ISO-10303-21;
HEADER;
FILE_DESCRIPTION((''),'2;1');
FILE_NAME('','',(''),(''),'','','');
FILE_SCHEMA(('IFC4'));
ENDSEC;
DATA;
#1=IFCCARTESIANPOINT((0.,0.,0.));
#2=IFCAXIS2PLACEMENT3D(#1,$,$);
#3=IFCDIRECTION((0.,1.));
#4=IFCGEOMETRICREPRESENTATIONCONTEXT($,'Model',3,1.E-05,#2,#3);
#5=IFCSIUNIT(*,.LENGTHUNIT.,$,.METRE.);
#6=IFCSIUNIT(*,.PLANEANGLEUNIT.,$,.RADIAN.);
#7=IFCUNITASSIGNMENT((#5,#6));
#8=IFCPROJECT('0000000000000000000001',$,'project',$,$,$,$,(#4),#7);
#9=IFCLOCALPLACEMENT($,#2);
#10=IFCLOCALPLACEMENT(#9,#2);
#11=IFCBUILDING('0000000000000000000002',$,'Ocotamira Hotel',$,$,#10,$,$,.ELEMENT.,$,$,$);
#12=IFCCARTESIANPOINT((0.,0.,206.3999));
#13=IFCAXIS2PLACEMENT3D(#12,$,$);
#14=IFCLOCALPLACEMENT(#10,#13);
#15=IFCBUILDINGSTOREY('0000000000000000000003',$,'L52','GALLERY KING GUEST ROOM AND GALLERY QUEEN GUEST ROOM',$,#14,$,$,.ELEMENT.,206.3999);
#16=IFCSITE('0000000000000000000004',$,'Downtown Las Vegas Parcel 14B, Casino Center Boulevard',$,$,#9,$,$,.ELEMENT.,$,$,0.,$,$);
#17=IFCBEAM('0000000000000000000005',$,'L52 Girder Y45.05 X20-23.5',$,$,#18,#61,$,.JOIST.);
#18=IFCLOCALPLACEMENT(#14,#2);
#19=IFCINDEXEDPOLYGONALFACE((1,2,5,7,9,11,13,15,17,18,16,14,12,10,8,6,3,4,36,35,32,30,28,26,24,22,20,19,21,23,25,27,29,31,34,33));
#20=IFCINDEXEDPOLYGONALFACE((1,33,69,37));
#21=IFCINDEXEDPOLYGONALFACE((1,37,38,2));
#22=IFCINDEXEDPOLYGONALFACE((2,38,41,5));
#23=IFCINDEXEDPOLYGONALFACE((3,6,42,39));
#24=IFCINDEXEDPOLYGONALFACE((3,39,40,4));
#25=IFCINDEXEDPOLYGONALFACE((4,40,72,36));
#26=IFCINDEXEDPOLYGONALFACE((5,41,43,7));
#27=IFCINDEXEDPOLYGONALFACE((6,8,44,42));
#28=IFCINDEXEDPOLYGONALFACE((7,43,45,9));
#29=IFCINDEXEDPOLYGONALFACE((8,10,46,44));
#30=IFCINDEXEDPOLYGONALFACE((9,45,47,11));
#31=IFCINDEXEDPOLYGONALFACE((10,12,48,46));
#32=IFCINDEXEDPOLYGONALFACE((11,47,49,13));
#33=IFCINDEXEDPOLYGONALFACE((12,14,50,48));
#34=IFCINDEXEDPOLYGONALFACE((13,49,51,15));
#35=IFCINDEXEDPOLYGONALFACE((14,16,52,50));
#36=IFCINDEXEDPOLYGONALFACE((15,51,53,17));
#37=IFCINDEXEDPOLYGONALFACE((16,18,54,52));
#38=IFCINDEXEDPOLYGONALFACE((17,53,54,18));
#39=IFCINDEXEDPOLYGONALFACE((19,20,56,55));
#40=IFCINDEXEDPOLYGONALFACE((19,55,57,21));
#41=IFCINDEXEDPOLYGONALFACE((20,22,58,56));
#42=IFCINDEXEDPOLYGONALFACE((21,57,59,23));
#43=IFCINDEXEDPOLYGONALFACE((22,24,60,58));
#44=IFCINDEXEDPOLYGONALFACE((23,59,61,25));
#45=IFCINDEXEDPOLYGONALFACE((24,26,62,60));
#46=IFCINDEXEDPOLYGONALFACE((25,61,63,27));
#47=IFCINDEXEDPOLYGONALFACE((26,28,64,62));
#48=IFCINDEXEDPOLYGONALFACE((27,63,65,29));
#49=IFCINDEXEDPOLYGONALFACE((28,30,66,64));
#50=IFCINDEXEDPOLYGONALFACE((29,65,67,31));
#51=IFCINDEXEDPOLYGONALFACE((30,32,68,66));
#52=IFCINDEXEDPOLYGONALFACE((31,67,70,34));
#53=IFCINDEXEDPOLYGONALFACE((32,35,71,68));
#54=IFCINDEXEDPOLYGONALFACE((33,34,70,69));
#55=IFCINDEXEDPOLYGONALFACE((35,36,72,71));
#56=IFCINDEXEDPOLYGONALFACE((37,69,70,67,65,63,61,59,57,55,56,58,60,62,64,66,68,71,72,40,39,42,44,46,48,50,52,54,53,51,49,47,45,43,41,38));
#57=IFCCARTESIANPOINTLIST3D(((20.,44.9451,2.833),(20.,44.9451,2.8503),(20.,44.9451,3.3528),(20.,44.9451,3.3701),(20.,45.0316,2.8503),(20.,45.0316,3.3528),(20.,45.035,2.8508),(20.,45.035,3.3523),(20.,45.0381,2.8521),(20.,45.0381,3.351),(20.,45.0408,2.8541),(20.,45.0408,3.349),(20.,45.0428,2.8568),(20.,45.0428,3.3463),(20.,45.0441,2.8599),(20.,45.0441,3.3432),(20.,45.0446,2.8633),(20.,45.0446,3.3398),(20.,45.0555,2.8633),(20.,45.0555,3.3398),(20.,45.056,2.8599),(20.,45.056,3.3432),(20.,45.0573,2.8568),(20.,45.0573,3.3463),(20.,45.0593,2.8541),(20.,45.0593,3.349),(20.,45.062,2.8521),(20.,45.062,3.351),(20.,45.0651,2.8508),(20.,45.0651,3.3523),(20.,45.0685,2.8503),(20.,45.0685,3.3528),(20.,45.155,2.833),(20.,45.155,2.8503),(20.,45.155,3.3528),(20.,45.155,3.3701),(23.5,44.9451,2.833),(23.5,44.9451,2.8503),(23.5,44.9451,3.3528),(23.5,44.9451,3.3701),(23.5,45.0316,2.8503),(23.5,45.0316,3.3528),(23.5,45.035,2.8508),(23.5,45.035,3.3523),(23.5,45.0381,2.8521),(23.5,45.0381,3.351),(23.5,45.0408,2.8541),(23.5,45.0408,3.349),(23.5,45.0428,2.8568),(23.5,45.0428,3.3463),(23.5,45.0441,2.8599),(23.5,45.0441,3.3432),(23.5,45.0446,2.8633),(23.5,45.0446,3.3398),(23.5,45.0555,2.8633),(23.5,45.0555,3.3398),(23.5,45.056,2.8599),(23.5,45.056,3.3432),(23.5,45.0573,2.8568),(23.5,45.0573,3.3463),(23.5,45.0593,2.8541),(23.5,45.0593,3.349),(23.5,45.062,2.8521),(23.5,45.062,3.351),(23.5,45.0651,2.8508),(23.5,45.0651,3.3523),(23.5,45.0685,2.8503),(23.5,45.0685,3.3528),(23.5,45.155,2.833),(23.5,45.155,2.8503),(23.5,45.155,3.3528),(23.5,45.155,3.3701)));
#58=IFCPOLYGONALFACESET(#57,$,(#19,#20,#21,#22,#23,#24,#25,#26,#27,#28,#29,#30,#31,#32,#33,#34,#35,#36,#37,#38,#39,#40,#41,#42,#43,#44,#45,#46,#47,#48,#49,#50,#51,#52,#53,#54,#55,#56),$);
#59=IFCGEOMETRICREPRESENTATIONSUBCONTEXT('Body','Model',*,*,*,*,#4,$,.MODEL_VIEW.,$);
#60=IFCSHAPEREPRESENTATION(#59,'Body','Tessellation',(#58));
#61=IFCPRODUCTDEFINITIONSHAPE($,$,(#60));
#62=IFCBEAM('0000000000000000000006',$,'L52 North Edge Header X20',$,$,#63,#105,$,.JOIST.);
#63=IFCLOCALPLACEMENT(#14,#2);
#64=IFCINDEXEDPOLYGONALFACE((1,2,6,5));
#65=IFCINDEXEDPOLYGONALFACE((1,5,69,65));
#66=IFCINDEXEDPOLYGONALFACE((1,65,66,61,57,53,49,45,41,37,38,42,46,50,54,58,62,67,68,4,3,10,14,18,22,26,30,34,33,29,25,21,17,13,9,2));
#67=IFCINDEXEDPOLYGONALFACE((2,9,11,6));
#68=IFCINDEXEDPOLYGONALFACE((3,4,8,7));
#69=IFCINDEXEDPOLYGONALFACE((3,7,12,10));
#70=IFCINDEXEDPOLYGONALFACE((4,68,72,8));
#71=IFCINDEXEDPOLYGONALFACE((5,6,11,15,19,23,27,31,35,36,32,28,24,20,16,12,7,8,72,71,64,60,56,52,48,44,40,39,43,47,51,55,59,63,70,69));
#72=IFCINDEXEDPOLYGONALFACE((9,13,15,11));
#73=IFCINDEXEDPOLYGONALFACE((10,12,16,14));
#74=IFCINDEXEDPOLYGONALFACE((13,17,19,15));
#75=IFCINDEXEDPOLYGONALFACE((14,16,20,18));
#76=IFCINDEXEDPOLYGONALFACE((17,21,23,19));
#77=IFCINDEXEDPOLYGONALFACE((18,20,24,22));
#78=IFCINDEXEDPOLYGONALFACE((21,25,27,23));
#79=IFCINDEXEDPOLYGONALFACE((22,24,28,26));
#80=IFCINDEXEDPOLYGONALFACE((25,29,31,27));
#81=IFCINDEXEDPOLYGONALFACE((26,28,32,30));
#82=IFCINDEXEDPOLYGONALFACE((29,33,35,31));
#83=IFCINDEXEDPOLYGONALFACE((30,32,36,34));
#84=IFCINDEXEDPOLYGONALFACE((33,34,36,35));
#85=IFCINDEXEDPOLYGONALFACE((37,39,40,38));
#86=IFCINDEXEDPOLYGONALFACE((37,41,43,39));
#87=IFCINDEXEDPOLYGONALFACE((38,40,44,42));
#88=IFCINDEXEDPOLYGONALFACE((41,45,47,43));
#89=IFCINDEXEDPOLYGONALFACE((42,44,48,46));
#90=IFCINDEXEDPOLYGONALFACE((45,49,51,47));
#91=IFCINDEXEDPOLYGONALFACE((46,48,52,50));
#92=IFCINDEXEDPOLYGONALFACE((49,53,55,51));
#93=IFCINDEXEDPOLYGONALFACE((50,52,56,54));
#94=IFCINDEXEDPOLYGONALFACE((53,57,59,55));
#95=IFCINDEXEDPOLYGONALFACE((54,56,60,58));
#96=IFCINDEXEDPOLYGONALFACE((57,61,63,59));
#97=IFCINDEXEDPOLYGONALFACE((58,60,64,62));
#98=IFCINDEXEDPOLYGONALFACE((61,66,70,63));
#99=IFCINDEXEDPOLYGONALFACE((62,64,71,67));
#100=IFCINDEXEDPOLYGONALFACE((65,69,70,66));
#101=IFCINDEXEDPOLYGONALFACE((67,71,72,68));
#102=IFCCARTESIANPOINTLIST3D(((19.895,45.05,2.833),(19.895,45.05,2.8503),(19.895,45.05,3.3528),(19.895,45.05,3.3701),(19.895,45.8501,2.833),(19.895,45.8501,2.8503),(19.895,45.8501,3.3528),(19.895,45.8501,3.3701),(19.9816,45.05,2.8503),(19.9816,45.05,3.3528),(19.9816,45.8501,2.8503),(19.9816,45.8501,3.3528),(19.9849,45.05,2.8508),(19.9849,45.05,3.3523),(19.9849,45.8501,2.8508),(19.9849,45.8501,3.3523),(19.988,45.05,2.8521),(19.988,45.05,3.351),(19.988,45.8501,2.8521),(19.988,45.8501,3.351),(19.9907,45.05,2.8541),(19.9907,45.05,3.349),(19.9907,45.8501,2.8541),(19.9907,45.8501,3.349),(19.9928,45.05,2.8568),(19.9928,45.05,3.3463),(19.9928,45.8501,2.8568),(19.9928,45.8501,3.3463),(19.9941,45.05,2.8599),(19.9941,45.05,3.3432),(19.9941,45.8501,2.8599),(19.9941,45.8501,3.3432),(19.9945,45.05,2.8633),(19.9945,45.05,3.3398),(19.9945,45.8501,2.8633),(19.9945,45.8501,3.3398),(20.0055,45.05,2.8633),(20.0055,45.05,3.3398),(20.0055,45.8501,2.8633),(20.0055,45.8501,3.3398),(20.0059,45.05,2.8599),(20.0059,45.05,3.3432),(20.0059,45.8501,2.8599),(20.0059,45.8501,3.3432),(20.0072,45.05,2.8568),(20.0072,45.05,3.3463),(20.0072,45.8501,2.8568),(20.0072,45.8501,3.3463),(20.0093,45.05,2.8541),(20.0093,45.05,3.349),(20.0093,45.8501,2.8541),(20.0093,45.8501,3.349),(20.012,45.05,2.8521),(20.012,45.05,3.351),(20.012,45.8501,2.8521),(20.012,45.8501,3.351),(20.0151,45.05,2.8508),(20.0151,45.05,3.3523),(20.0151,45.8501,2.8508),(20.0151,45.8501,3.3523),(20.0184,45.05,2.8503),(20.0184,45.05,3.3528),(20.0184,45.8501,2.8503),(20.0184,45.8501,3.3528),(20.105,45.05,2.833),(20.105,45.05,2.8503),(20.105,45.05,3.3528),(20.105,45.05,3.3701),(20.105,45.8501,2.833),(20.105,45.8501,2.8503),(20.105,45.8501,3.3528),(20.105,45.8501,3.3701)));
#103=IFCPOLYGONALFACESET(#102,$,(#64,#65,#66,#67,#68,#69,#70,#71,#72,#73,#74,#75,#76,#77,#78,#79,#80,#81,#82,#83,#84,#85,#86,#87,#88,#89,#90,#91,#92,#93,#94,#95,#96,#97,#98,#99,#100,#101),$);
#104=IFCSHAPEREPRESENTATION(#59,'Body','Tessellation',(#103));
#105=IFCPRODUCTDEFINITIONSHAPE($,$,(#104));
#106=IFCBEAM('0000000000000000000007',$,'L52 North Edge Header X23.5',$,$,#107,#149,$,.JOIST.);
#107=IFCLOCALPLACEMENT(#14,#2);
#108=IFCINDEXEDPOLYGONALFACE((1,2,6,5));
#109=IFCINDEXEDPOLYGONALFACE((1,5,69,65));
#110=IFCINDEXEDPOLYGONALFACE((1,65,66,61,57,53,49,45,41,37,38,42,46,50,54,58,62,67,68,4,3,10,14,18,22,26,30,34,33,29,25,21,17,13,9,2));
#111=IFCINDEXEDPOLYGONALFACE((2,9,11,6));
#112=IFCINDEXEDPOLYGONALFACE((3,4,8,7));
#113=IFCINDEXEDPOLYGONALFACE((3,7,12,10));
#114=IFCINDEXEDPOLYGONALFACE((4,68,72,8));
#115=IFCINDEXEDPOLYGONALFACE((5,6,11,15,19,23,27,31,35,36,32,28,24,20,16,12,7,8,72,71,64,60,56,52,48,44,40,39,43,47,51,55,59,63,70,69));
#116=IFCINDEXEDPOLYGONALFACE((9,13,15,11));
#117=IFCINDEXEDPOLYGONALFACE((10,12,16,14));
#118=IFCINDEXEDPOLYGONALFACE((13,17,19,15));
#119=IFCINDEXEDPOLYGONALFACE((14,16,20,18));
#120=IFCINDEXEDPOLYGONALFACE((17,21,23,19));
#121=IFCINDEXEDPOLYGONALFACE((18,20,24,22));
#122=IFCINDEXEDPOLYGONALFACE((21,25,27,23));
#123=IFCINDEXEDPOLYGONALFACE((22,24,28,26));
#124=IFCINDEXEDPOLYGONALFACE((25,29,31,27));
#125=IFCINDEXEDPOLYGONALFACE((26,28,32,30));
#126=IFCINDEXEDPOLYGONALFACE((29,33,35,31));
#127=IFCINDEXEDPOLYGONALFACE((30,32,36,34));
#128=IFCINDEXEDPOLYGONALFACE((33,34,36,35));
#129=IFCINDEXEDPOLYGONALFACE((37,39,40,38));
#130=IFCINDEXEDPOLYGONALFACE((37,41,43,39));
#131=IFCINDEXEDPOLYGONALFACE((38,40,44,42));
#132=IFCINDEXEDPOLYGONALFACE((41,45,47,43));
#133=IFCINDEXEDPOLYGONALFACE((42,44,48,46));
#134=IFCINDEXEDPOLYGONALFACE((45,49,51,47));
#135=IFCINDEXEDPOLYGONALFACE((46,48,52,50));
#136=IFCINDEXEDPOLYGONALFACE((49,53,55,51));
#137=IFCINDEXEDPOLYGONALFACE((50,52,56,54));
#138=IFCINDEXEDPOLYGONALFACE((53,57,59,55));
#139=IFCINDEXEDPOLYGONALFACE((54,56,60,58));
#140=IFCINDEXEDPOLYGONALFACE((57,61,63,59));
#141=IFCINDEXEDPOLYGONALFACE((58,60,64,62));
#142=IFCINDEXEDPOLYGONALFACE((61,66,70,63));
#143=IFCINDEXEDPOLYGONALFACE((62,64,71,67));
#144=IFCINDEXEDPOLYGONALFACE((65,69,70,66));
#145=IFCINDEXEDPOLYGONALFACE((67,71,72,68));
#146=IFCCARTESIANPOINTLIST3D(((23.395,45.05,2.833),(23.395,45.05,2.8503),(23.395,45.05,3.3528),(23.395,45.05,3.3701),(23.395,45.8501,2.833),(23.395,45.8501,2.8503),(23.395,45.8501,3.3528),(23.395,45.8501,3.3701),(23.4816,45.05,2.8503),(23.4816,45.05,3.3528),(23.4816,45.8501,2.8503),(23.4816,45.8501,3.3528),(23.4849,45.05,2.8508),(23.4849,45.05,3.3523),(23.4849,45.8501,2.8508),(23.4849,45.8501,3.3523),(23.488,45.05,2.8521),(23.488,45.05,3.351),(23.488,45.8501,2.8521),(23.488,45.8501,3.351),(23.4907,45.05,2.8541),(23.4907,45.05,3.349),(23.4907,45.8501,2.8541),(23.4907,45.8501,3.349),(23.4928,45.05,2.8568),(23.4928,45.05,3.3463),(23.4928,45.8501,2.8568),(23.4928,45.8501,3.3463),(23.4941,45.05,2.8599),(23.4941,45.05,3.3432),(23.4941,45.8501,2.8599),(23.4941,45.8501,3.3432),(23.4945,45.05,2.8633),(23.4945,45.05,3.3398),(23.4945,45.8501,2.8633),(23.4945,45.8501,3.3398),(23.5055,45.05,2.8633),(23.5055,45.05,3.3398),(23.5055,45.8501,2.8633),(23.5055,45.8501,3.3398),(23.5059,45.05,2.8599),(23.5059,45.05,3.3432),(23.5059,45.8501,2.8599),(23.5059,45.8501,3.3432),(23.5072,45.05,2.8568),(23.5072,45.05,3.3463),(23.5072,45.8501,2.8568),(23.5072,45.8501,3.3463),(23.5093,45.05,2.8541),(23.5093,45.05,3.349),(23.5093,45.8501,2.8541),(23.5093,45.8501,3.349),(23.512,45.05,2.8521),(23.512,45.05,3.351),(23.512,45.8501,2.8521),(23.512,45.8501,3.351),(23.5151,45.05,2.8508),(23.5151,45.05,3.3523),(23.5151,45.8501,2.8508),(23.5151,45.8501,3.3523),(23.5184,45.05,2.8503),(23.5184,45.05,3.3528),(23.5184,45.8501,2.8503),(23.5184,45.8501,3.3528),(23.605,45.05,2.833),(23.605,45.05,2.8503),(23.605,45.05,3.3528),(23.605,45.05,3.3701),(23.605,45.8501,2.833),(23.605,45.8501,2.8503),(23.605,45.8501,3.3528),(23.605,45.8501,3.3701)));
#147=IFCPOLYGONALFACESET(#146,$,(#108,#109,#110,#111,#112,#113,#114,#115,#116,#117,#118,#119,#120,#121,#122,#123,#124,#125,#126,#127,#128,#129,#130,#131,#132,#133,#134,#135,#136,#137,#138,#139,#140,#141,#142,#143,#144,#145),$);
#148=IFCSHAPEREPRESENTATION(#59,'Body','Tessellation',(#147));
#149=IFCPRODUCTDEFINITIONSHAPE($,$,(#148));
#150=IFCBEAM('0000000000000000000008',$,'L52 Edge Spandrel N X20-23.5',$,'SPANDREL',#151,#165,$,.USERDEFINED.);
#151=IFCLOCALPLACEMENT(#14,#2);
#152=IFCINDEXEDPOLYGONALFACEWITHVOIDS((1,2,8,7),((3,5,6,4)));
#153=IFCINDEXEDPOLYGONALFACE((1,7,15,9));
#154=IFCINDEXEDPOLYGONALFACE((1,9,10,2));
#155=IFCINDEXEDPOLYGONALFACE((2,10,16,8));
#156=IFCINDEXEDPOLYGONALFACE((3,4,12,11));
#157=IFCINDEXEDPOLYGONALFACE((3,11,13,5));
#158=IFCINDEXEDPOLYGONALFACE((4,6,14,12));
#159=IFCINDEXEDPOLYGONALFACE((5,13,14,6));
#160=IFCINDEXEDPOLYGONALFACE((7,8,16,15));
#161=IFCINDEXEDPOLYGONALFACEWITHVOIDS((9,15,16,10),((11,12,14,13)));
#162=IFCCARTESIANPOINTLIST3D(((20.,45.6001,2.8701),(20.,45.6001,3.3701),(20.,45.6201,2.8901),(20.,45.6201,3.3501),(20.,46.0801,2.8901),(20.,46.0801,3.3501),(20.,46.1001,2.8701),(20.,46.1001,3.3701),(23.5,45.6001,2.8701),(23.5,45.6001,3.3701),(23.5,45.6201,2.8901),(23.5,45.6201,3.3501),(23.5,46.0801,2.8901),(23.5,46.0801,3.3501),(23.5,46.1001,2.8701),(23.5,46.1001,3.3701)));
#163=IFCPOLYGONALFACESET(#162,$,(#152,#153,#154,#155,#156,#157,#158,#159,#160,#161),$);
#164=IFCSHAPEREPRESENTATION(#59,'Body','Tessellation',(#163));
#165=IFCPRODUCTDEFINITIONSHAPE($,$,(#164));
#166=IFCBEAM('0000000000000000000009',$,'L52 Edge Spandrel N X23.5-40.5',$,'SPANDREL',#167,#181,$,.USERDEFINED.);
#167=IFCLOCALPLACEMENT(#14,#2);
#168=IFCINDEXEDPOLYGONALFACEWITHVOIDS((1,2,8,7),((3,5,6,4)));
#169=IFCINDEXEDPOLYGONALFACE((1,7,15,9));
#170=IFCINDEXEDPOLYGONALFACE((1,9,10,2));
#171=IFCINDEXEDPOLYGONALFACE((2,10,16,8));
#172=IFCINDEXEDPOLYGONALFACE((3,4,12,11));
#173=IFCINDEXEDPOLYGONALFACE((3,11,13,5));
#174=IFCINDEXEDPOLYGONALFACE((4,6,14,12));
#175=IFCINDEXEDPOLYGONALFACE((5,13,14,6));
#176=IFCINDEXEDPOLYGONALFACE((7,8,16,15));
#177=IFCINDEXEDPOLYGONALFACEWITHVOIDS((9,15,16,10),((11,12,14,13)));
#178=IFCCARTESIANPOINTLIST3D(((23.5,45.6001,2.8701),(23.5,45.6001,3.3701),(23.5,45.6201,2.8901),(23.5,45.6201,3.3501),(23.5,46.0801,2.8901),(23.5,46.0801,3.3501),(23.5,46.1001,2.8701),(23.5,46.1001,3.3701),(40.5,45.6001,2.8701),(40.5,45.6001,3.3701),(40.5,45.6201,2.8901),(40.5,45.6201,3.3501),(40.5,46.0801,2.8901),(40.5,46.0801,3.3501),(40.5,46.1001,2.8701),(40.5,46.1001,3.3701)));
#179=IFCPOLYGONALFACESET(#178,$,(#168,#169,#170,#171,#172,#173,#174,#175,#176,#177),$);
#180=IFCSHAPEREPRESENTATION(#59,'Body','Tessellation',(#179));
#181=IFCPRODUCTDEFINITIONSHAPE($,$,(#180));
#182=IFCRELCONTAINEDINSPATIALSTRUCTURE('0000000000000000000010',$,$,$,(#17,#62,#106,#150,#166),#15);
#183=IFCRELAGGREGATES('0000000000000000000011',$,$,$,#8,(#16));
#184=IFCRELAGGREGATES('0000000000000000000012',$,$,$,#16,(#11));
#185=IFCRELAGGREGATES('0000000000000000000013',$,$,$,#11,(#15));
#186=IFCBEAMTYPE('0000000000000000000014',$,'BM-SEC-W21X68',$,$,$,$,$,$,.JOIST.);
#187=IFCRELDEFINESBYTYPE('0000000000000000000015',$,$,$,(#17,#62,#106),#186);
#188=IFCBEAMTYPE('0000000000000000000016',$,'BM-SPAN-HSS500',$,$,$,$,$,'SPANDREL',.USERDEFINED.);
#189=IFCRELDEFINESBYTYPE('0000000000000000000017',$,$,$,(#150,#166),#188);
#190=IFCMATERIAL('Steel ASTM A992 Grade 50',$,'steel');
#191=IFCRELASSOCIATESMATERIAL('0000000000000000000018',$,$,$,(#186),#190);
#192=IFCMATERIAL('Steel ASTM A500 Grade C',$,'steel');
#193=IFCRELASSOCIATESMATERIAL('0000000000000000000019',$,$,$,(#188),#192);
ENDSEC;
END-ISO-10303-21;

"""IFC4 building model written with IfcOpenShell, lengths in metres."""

from ifc_helpers import new_model, si_unit, direction, frame, origin, origin_2d, place, context, subcontext, project, spatial, hollow_rectangle, i_section, extrude, source, transform, mapped, material, material_profile, profile_set, type_object, element, save


model = new_model("IFC4")

# Units and contexts
model_context = context("Model", 3, precision=1e-05, world=origin(), true_north=direction((0.0, 1.0)))
body_context = subcontext(model_context, "Body", "Model", "MODEL_VIEW")
ifc_project = project(units=[si_unit("LENGTHUNIT", "METRE"), si_unit("PLANEANGLEUNIT", "RADIAN")], contexts=[model_context])

# Site, building, storey
site_placement = place(None, origin())
site = spatial("IfcSite", under=ifc_project, at=site_placement, Name="Downtown Las Vegas Parcel 14B, Casino Center Boulevard", CompositionType="ELEMENT", RefElevation=0.0)
building_placement = place(site_placement, origin())
building = spatial("IfcBuilding", under=site, at=building_placement, Name="Ocotamira Hotel", CompositionType="ELEMENT")
storey_placement = place(building_placement, frame((0.0, 0.0, 206.3999)))
storey = spatial("IfcBuildingStorey", under=building, at=storey_placement, Name="L52", Description="GALLERY KING GUEST ROOM AND GALLERY QUEEN GUEST ROOM", CompositionType="ELEMENT", Elevation=206.3999)

# Beams
ifc_material_1 = material(Name="Steel ASTM A992 Grade 50", Category="steel")
ifc_material_profile_1 = material_profile(ifc_material_1, i_section(OverallWidth=0.21, OverallDepth=0.5371, WebThickness=0.011, FlangeThickness=0.0173, FilletRadius=0.0129, at=origin_2d()), Name="W21X68")
ifc_profile_set_1 = profile_set([ifc_material_profile_1], Name="Steel ASTM A992 Grade 50")
beam_type_1 = type_object("IfcBeamType", Name="BM-SEC-W21X68", PredefinedType="JOIST", material=ifc_profile_set_1)
shared_shape_1 = source(origin(), body_context, "Body", "SweptSolid", [
    extrude(i_section(OverallWidth=0.21, OverallDepth=0.5371, WebThickness=0.011, FlangeThickness=0.0173, FilletRadius=0.0129, at=origin_2d()), origin(), (0.0, 0.0, 1.0), 3.5),
])
beam_1_placement = place(storey_placement, frame((20.0, 45.05, 3.1016), z_axis=(1.0, 0.0, 0.0), x_axis=(0.0, 1.0, 0.0)))
element("IfcBeam", 1, at=beam_1_placement, inside=storey, type_object=beam_type_1, Name="L52 Girder Y45.05 X20-23.5", PredefinedType="JOIST", context=body_context, shape_type="MappedRepresentation", body=[
    mapped(shared_shape_1, transform((0.0, 0.0, 0.0), scale=1.0)),
])
shared_shape_2 = source(origin(), body_context, "Body", "SweptSolid", [
    extrude(i_section(OverallWidth=0.21, OverallDepth=0.5371, WebThickness=0.011, FlangeThickness=0.0173, FilletRadius=0.0129, at=origin_2d()), origin(), (0.0, 0.0, 1.0), 0.8),
])
for number, where, z_axis, x_axis, name in (
    (2, (20.0, 45.05, 3.1016), (0.0, 1.0, 0.0), (-1.0, 0.0, 0.0), "L52 North Edge Header X20"),
    (3, (23.5, 45.05, 3.1016), (0.0, 1.0, 0.0), (-1.0, 0.0, 0.0), "L52 North Edge Header X23.5"),
):
    element("IfcBeam", number, at=place(storey_placement, frame(where, z_axis=z_axis, x_axis=x_axis)), inside=storey, type_object=beam_type_1, Name=name, PredefinedType="JOIST", context=body_context, shape_type="MappedRepresentation", body=[
        mapped(shared_shape_2, transform((0.0, 0.0, 0.0), scale=1.0)),
    ])
ifc_material_2 = material(Name="Steel ASTM A500 Grade C", Category="steel")
ifc_material_profile_2 = material_profile(ifc_material_2, hollow_rectangle(XDim=0.5, YDim=0.5, WallThickness=0.02, at=origin_2d()), Name="HSS500X500X20")
ifc_profile_set_2 = profile_set([ifc_material_profile_2], Name="Steel ASTM A500 Grade C")
beam_type_2 = type_object("IfcBeamType", Name="BM-SPAN-HSS500", ElementType="SPANDREL", PredefinedType="USERDEFINED", material=ifc_profile_set_2)
shared_shape_3 = source(origin(), body_context, "Body", "SweptSolid", [
    extrude(hollow_rectangle(XDim=0.5, YDim=0.5, WallThickness=0.02, at=origin_2d()), origin(), (0.0, 0.0, 1.0), 3.5),
])
beam_2_placement = place(storey_placement, frame((20.0, 45.8501, 3.1201), z_axis=(1.0, 0.0, 0.0), x_axis=(0.0, 1.0, 0.0)))
element("IfcBeam", 4, at=beam_2_placement, inside=storey, type_object=beam_type_2, Name="L52 Edge Spandrel N X20-23.5", ObjectType="SPANDREL", PredefinedType="USERDEFINED", context=body_context, shape_type="MappedRepresentation", body=[
    mapped(shared_shape_3, transform((0.0, 0.0, 0.0), scale=1.0)),
])
shared_shape_4 = source(origin(), body_context, "Body", "SweptSolid", [
    extrude(hollow_rectangle(XDim=0.5, YDim=0.5, WallThickness=0.02, at=origin_2d()), origin(), (0.0, 0.0, 1.0), 17.0),
])
beam_3_placement = place(storey_placement, frame((23.5, 45.8501, 3.1201), z_axis=(1.0, 0.0, 0.0), x_axis=(0.0, 1.0, 0.0)))
element("IfcBeam", 5, at=beam_3_placement, inside=storey, type_object=beam_type_2, Name="L52 Edge Spandrel N X23.5-40.5", ObjectType="SPANDREL", PredefinedType="USERDEFINED", context=body_context, shape_type="MappedRepresentation", body=[
    mapped(shared_shape_4, transform((0.0, 0.0, 0.0), scale=1.0)),
])

save(model, "model.ifc")
